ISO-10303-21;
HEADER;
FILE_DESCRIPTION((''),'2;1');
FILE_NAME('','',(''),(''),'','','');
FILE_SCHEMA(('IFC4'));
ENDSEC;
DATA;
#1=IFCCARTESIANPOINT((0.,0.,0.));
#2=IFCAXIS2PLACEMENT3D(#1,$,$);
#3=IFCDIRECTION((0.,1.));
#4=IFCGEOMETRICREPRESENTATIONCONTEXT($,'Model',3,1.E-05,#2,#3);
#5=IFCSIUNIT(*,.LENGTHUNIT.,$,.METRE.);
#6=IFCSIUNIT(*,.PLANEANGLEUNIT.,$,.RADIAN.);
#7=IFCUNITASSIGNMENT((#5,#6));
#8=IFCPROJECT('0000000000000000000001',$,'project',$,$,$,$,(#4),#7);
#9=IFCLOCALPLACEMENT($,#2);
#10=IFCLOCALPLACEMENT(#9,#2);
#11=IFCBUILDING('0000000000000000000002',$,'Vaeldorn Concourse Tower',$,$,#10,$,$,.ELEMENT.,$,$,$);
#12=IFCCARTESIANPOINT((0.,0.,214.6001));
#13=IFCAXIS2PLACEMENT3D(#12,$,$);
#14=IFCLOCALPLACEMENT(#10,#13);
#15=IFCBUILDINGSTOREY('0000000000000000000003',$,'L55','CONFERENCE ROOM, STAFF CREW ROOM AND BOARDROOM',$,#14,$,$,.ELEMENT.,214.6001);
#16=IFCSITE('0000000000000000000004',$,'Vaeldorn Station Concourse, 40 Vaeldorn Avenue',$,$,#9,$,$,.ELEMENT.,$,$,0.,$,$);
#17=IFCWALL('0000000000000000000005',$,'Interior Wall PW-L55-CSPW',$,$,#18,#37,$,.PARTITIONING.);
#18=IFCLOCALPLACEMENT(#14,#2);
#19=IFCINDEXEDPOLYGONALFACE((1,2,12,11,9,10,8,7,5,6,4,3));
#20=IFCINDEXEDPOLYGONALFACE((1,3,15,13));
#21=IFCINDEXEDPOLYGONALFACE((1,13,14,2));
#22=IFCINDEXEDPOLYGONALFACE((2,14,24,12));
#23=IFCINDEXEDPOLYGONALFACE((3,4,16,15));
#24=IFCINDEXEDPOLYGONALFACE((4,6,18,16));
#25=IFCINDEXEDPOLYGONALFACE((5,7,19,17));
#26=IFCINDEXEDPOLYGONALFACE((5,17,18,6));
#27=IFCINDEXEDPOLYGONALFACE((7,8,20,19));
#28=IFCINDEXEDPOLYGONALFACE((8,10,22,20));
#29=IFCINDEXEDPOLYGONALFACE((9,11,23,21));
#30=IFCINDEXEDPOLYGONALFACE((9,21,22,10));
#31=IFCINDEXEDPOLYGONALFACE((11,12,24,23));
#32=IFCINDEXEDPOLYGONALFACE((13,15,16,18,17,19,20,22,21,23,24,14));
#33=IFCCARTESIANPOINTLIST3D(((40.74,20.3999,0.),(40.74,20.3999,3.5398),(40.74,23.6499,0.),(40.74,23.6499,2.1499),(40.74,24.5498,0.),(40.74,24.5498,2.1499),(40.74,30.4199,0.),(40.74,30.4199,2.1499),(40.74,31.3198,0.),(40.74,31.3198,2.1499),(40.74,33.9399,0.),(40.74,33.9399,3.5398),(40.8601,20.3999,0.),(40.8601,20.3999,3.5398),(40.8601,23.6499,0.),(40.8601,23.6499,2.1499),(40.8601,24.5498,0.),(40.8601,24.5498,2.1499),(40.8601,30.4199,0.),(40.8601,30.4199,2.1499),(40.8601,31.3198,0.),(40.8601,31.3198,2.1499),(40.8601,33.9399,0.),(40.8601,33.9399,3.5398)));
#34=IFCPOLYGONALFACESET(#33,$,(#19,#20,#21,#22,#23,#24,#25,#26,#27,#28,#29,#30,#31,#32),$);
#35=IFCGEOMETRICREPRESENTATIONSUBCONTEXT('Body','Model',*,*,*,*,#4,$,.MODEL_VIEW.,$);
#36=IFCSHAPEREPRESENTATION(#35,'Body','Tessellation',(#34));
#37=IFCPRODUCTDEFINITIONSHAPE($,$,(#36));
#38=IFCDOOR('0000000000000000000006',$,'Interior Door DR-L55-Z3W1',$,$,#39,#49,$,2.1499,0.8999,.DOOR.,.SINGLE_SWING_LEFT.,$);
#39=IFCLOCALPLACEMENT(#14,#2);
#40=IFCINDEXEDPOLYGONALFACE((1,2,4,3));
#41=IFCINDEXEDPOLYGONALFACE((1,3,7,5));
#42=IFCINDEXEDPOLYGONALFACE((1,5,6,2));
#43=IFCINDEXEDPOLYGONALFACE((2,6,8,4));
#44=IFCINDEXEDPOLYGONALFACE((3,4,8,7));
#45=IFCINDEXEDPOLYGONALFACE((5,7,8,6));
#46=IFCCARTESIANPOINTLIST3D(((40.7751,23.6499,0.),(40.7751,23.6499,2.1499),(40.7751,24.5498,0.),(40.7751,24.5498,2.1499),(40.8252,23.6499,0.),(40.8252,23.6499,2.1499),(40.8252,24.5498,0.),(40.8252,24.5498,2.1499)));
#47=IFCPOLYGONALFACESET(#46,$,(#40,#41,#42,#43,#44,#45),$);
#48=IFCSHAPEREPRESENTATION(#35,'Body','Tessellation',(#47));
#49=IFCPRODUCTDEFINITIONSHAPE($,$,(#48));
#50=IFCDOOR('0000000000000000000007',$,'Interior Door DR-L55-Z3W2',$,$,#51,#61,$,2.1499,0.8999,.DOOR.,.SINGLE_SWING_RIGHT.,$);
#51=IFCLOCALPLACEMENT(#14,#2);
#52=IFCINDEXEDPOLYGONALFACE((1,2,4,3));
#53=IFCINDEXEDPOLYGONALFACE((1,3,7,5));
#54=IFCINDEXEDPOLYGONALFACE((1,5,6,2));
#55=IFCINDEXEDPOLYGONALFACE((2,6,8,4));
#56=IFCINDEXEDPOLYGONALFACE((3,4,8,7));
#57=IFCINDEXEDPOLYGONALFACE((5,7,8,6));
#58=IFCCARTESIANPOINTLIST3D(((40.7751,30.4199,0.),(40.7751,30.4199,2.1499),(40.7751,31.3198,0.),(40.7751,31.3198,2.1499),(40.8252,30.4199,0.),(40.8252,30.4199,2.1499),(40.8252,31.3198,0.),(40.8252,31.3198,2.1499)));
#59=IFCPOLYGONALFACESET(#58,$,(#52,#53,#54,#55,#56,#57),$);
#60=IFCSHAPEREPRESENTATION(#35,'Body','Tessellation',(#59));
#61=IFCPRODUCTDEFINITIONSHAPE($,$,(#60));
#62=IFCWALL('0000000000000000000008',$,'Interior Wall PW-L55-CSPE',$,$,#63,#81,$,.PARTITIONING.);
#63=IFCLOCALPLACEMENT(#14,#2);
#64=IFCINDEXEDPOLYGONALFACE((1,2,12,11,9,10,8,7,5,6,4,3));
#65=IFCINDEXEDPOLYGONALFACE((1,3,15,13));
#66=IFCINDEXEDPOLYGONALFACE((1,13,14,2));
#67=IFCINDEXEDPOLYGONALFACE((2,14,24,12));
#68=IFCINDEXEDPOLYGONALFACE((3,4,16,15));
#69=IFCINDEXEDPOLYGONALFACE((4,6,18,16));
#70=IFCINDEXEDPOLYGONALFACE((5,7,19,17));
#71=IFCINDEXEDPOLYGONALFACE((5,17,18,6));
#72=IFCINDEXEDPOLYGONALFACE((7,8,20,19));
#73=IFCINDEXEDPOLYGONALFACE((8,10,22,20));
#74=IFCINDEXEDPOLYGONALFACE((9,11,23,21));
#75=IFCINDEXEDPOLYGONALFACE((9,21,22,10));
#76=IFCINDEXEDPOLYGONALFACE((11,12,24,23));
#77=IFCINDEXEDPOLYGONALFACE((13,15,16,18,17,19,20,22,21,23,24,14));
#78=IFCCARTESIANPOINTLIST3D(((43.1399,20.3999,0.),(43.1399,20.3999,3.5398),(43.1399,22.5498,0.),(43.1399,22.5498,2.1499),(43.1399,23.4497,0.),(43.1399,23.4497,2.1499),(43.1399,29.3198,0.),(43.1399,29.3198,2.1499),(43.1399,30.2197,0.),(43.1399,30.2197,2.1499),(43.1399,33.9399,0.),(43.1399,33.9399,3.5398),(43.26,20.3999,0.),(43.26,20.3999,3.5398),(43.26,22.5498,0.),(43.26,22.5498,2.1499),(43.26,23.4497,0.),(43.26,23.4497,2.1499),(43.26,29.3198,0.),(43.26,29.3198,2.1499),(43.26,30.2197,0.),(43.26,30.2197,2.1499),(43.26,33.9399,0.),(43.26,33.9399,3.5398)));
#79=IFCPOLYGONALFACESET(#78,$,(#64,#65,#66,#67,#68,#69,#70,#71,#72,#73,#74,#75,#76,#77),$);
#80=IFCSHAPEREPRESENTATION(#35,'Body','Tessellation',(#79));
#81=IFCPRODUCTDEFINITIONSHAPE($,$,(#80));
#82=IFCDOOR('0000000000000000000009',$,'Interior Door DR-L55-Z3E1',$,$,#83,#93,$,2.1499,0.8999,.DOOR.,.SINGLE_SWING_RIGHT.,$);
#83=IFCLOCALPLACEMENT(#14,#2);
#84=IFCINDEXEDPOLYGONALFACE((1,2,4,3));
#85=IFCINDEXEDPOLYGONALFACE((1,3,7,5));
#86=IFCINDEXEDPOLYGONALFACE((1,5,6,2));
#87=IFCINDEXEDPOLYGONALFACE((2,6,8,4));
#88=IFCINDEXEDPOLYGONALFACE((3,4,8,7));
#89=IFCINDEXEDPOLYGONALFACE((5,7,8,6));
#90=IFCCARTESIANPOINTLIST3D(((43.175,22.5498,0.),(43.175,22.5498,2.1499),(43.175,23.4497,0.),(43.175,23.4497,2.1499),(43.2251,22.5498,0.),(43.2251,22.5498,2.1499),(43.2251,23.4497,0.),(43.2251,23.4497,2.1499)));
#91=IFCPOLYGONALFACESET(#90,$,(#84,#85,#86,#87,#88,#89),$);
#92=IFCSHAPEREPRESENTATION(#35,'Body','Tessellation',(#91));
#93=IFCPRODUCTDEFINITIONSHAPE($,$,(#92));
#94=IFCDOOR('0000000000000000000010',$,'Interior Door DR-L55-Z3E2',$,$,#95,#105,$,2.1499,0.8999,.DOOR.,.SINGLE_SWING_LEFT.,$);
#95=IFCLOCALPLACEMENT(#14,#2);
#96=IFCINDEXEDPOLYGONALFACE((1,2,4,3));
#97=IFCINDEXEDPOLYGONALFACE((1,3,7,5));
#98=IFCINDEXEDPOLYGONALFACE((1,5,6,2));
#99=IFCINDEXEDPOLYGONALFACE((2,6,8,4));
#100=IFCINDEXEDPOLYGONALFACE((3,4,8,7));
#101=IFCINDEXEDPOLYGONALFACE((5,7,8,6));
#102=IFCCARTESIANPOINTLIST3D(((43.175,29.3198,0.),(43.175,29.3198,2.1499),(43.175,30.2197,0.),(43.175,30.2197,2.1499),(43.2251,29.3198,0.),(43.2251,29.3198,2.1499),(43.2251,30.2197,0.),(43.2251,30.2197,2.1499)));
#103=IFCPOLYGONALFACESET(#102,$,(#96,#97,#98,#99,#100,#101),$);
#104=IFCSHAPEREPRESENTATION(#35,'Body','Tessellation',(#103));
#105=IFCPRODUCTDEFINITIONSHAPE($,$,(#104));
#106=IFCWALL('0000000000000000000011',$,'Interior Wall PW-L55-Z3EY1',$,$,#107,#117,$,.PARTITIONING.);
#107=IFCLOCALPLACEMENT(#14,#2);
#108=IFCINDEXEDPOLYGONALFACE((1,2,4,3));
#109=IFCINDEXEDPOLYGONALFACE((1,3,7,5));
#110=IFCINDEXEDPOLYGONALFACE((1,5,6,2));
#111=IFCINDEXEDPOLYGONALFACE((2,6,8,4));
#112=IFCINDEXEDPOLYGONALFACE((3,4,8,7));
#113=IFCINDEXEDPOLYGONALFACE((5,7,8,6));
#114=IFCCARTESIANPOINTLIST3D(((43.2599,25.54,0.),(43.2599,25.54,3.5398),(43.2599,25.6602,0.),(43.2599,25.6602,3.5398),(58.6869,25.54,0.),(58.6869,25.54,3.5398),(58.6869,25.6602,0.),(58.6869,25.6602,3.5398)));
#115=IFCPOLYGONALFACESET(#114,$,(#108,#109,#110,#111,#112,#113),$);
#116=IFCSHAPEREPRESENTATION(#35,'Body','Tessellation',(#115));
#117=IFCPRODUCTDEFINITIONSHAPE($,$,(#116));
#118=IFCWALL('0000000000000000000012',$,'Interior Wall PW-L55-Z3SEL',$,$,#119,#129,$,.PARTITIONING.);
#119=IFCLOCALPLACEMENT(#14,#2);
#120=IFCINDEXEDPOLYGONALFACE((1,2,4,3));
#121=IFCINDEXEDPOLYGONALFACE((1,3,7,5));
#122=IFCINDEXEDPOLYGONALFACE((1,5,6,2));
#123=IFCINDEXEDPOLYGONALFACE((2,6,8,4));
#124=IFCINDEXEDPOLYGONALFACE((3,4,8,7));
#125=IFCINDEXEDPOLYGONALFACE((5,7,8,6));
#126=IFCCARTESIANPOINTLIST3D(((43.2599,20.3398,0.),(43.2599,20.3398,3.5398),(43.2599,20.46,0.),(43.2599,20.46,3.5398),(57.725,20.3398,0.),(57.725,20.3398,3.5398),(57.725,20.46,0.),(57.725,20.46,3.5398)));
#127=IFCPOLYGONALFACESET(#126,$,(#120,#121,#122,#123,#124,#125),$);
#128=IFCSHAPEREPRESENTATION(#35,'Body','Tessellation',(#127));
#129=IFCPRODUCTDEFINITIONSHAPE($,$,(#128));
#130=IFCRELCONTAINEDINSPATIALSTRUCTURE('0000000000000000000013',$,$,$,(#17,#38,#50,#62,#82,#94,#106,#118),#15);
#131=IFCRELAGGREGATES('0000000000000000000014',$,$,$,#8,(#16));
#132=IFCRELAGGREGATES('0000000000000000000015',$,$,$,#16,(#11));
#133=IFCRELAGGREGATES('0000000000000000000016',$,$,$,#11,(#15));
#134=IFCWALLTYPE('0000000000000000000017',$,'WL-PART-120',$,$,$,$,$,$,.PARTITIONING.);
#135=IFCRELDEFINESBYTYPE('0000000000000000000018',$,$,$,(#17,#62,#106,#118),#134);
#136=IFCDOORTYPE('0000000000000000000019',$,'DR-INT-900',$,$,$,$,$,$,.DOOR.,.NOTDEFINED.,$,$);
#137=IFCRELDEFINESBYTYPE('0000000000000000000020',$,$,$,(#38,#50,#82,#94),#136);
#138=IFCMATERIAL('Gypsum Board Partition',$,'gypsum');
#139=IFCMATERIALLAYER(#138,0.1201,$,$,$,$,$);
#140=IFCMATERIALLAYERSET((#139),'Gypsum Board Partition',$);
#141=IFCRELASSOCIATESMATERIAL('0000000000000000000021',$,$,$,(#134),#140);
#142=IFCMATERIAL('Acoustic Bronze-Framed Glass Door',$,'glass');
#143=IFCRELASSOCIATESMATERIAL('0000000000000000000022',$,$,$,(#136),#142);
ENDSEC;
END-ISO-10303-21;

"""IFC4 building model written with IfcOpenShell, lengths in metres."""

from ifc_helpers import new_model, si_unit, direction, frame, frame_2d, origin, place, context, subcontext, project, spatial, rectangle, extrude, source, transform, mapped, material, layer, layer_set, type_object, element, fill, save


model = new_model("IFC4")

# Units and contexts
model_context = context("Model", 3, precision=1e-05, world=origin(), true_north=direction((0.0, 1.0)))
body_context = subcontext(model_context, "Body", "Model", "MODEL_VIEW")
ifc_project = project(units=[si_unit("LENGTHUNIT", "METRE"), si_unit("PLANEANGLEUNIT", "RADIAN")], contexts=[model_context])

# Site, building, storey
site_placement = place(None, origin())
site = spatial("IfcSite", under=ifc_project, at=site_placement, Name="Vaeldorn Station Concourse, 40 Vaeldorn Avenue", CompositionType="ELEMENT", RefElevation=0.0)
building_placement = place(site_placement, origin())
building = spatial("IfcBuilding", under=site, at=building_placement, Name="Vaeldorn Concourse Tower", CompositionType="ELEMENT")
storey_placement = place(building_placement, frame((0.0, 0.0, 214.6001)))
storey = spatial("IfcBuildingStorey", under=building, at=storey_placement, Name="L55", Description="CONFERENCE ROOM, STAFF CREW ROOM AND BOARDROOM", CompositionType="ELEMENT", Elevation=214.6001)

# Shared definitions
ifc_material_1 = material(Name="Gypsum Board Partition", Category="gypsum")
ifc_layer = layer(ifc_material_1, 0.1201)
ifc_layer_set = layer_set([ifc_layer], Name="Gypsum Board Partition")
wall_type = type_object("IfcWallType", Name="WL-PART-120", PredefinedType="PARTITIONING", material=ifc_layer_set)

# Walls, openings, doors
wall_1_placement = place(storey_placement, frame((40.8, 20.3999, 0.0), z_axis=(0.0, 0.0, 1.0), x_axis=(0.0, 1.0, 0.0)))
wall_1 = element("IfcWall", 1, at=wall_1_placement, inside=storey, type_object=wall_type, Name="Interior Wall PW-L55-CSPW", PredefinedType="PARTITIONING", context=body_context, shape_type="SweptSolid", body=[
    extrude(rectangle(XDim=13.54, YDim=0.1201, at=frame_2d((6.77, 0.0))), origin(), (0.0, 0.0, 1.0), 3.5398),
])
opening_1_placement = place(wall_1_placement, frame((3.25, 0.0, 0.0)))
opening_1 = element("IfcOpeningElement", 2, at=opening_1_placement, cuts=wall_1, PredefinedType="OPENING", context=body_context, shape_type="SweptSolid", body=[
    extrude(rectangle(XDim=0.8999, YDim=2.1499, at=frame_2d((0.45, 1.075))), frame((0.0, 0.0701, 0.0), z_axis=(0.0, -1.0, 0.0), x_axis=(1.0, 0.0, 0.0)), (0.0, 0.0, 1.0), 0.1401),
])
opening_2_placement = place(wall_1_placement, frame((10.02, 0.0, 0.0)))
opening_2 = element("IfcOpeningElement", 3, at=opening_2_placement, cuts=wall_1, PredefinedType="OPENING", context=body_context, shape_type="SweptSolid", body=[
    extrude(rectangle(XDim=0.8999, YDim=2.1499, at=frame_2d((0.45, 1.075))), frame((0.0, 0.0701, 0.0), z_axis=(0.0, -1.0, 0.0), x_axis=(1.0, 0.0, 0.0)), (0.0, 0.0, 1.0), 0.1401),
])
ifc_material_2 = material(Name="Acoustic Bronze-Framed Glass Door", Category="glass")
door_type = type_object("IfcDoorType", Name="DR-INT-900", OperationType="NOTDEFINED", PredefinedType="DOOR", material=ifc_material_2)
shared_shape_1 = source(origin(), body_context, "Body", "SweptSolid", [
    extrude(rectangle(XDim=0.8999, YDim=2.1499, at=frame_2d((0.45, 1.075))), frame((0.0, 0.0249, 0.0), z_axis=(0.0, -1.0, 0.0), x_axis=(1.0, 0.0, 0.0)), (0.0, 0.0, 1.0), 0.05),
])
door_1_placement = place(opening_1_placement, origin())
door_1 = element("IfcDoor", 4, at=door_1_placement, inside=storey, type_object=door_type, Name="Interior Door DR-L55-Z3W1", OperationType="SINGLE_SWING_LEFT", OverallHeight=2.1499, OverallWidth=0.8999, PredefinedType="DOOR", context=body_context, shape_type="MappedRepresentation", body=[
    mapped(shared_shape_1, transform((0.0, 0.0, 0.0), scale=1.0)),
])
fill(opening_1, door_1)
door_2_placement = place(opening_2_placement, origin())
door_2 = element("IfcDoor", 5, at=door_2_placement, inside=storey, type_object=door_type, Name="Interior Door DR-L55-Z3W2", OperationType="SINGLE_SWING_RIGHT", OverallHeight=2.1499, OverallWidth=0.8999, PredefinedType="DOOR", context=body_context, shape_type="MappedRepresentation", body=[
    mapped(shared_shape_1, transform((0.0, 0.0, 0.0), scale=1.0)),
])
fill(opening_2, door_2)
wall_2_placement = place(storey_placement, frame((43.2, 20.3999, 0.0), z_axis=(0.0, 0.0, 1.0), x_axis=(0.0, 1.0, 0.0)))
wall_2 = element("IfcWall", 6, at=wall_2_placement, inside=storey, type_object=wall_type, Name="Interior Wall PW-L55-CSPE", PredefinedType="PARTITIONING", context=body_context, shape_type="SweptSolid", body=[
    extrude(rectangle(XDim=13.54, YDim=0.1201, at=frame_2d((6.77, 0.0))), origin(), (0.0, 0.0, 1.0), 3.5398),
])
opening_3_placement = place(wall_2_placement, frame((2.1499, 0.0, 0.0)))
opening_3 = element("IfcOpeningElement", 7, at=opening_3_placement, cuts=wall_2, PredefinedType="OPENING", context=body_context, shape_type="SweptSolid", body=[
    extrude(rectangle(XDim=0.8999, YDim=2.1499, at=frame_2d((0.45, 1.075))), frame((0.0, 0.0701, 0.0), z_axis=(0.0, -1.0, 0.0), x_axis=(1.0, 0.0, 0.0)), (0.0, 0.0, 1.0), 0.1401),
])
opening_4_placement = place(wall_2_placement, frame((8.9199, 0.0, 0.0)))
opening_4 = element("IfcOpeningElement", 8, at=opening_4_placement, cuts=wall_2, PredefinedType="OPENING", context=body_context, shape_type="SweptSolid", body=[
    extrude(rectangle(XDim=0.8999, YDim=2.1499, at=frame_2d((0.45, 1.075))), frame((0.0, 0.0701, 0.0), z_axis=(0.0, -1.0, 0.0), x_axis=(1.0, 0.0, 0.0)), (0.0, 0.0, 1.0), 0.1401),
])
door_3_placement = place(opening_3_placement, origin())
door_3 = element("IfcDoor", 9, at=door_3_placement, inside=storey, type_object=door_type, Name="Interior Door DR-L55-Z3E1", OperationType="SINGLE_SWING_RIGHT", OverallHeight=2.1499, OverallWidth=0.8999, PredefinedType="DOOR", context=body_context, shape_type="MappedRepresentation", body=[
    mapped(shared_shape_1, transform((0.0, 0.0, 0.0), scale=1.0)),
])
fill(opening_3, door_3)
door_4_placement = place(opening_4_placement, origin())
door_4 = element("IfcDoor", 10, at=door_4_placement, inside=storey, type_object=door_type, Name="Interior Door DR-L55-Z3E2", OperationType="SINGLE_SWING_LEFT", OverallHeight=2.1499, OverallWidth=0.8999, PredefinedType="DOOR", context=body_context, shape_type="MappedRepresentation", body=[
    mapped(shared_shape_1, transform((0.0, 0.0, 0.0), scale=1.0)),
])
fill(opening_4, door_4)

# Walls
wall_3_placement = place(storey_placement, frame((43.26, 25.6001, 0.0), z_axis=(0.0, 0.0, 1.0), x_axis=(1.0, 0.0, 0.0)))
element("IfcWall", 11, at=wall_3_placement, inside=storey, type_object=wall_type, Name="Interior Wall PW-L55-Z3EY1", PredefinedType="PARTITIONING", context=body_context, shape_type="SweptSolid", body=[
    extrude(rectangle(XDim=15.427, YDim=0.1201, at=frame_2d((7.7134, 0.0))), origin(), (0.0, 0.0, 1.0), 3.5398),
])
wall_4_placement = place(storey_placement, frame((43.26, 20.3999, 0.0), z_axis=(0.0, 0.0, 1.0), x_axis=(1.0, 0.0, 0.0)))
element("IfcWall", 12, at=wall_4_placement, inside=storey, type_object=wall_type, Name="Interior Wall PW-L55-Z3SEL", PredefinedType="PARTITIONING", context=body_context, shape_type="SweptSolid", body=[
    extrude(rectangle(XDim=14.4651, YDim=0.1201, at=frame_2d((7.2324, 0.0))), origin(), (0.0, 0.0, 1.0), 3.5398),
])

save(model, "model.ifc")
